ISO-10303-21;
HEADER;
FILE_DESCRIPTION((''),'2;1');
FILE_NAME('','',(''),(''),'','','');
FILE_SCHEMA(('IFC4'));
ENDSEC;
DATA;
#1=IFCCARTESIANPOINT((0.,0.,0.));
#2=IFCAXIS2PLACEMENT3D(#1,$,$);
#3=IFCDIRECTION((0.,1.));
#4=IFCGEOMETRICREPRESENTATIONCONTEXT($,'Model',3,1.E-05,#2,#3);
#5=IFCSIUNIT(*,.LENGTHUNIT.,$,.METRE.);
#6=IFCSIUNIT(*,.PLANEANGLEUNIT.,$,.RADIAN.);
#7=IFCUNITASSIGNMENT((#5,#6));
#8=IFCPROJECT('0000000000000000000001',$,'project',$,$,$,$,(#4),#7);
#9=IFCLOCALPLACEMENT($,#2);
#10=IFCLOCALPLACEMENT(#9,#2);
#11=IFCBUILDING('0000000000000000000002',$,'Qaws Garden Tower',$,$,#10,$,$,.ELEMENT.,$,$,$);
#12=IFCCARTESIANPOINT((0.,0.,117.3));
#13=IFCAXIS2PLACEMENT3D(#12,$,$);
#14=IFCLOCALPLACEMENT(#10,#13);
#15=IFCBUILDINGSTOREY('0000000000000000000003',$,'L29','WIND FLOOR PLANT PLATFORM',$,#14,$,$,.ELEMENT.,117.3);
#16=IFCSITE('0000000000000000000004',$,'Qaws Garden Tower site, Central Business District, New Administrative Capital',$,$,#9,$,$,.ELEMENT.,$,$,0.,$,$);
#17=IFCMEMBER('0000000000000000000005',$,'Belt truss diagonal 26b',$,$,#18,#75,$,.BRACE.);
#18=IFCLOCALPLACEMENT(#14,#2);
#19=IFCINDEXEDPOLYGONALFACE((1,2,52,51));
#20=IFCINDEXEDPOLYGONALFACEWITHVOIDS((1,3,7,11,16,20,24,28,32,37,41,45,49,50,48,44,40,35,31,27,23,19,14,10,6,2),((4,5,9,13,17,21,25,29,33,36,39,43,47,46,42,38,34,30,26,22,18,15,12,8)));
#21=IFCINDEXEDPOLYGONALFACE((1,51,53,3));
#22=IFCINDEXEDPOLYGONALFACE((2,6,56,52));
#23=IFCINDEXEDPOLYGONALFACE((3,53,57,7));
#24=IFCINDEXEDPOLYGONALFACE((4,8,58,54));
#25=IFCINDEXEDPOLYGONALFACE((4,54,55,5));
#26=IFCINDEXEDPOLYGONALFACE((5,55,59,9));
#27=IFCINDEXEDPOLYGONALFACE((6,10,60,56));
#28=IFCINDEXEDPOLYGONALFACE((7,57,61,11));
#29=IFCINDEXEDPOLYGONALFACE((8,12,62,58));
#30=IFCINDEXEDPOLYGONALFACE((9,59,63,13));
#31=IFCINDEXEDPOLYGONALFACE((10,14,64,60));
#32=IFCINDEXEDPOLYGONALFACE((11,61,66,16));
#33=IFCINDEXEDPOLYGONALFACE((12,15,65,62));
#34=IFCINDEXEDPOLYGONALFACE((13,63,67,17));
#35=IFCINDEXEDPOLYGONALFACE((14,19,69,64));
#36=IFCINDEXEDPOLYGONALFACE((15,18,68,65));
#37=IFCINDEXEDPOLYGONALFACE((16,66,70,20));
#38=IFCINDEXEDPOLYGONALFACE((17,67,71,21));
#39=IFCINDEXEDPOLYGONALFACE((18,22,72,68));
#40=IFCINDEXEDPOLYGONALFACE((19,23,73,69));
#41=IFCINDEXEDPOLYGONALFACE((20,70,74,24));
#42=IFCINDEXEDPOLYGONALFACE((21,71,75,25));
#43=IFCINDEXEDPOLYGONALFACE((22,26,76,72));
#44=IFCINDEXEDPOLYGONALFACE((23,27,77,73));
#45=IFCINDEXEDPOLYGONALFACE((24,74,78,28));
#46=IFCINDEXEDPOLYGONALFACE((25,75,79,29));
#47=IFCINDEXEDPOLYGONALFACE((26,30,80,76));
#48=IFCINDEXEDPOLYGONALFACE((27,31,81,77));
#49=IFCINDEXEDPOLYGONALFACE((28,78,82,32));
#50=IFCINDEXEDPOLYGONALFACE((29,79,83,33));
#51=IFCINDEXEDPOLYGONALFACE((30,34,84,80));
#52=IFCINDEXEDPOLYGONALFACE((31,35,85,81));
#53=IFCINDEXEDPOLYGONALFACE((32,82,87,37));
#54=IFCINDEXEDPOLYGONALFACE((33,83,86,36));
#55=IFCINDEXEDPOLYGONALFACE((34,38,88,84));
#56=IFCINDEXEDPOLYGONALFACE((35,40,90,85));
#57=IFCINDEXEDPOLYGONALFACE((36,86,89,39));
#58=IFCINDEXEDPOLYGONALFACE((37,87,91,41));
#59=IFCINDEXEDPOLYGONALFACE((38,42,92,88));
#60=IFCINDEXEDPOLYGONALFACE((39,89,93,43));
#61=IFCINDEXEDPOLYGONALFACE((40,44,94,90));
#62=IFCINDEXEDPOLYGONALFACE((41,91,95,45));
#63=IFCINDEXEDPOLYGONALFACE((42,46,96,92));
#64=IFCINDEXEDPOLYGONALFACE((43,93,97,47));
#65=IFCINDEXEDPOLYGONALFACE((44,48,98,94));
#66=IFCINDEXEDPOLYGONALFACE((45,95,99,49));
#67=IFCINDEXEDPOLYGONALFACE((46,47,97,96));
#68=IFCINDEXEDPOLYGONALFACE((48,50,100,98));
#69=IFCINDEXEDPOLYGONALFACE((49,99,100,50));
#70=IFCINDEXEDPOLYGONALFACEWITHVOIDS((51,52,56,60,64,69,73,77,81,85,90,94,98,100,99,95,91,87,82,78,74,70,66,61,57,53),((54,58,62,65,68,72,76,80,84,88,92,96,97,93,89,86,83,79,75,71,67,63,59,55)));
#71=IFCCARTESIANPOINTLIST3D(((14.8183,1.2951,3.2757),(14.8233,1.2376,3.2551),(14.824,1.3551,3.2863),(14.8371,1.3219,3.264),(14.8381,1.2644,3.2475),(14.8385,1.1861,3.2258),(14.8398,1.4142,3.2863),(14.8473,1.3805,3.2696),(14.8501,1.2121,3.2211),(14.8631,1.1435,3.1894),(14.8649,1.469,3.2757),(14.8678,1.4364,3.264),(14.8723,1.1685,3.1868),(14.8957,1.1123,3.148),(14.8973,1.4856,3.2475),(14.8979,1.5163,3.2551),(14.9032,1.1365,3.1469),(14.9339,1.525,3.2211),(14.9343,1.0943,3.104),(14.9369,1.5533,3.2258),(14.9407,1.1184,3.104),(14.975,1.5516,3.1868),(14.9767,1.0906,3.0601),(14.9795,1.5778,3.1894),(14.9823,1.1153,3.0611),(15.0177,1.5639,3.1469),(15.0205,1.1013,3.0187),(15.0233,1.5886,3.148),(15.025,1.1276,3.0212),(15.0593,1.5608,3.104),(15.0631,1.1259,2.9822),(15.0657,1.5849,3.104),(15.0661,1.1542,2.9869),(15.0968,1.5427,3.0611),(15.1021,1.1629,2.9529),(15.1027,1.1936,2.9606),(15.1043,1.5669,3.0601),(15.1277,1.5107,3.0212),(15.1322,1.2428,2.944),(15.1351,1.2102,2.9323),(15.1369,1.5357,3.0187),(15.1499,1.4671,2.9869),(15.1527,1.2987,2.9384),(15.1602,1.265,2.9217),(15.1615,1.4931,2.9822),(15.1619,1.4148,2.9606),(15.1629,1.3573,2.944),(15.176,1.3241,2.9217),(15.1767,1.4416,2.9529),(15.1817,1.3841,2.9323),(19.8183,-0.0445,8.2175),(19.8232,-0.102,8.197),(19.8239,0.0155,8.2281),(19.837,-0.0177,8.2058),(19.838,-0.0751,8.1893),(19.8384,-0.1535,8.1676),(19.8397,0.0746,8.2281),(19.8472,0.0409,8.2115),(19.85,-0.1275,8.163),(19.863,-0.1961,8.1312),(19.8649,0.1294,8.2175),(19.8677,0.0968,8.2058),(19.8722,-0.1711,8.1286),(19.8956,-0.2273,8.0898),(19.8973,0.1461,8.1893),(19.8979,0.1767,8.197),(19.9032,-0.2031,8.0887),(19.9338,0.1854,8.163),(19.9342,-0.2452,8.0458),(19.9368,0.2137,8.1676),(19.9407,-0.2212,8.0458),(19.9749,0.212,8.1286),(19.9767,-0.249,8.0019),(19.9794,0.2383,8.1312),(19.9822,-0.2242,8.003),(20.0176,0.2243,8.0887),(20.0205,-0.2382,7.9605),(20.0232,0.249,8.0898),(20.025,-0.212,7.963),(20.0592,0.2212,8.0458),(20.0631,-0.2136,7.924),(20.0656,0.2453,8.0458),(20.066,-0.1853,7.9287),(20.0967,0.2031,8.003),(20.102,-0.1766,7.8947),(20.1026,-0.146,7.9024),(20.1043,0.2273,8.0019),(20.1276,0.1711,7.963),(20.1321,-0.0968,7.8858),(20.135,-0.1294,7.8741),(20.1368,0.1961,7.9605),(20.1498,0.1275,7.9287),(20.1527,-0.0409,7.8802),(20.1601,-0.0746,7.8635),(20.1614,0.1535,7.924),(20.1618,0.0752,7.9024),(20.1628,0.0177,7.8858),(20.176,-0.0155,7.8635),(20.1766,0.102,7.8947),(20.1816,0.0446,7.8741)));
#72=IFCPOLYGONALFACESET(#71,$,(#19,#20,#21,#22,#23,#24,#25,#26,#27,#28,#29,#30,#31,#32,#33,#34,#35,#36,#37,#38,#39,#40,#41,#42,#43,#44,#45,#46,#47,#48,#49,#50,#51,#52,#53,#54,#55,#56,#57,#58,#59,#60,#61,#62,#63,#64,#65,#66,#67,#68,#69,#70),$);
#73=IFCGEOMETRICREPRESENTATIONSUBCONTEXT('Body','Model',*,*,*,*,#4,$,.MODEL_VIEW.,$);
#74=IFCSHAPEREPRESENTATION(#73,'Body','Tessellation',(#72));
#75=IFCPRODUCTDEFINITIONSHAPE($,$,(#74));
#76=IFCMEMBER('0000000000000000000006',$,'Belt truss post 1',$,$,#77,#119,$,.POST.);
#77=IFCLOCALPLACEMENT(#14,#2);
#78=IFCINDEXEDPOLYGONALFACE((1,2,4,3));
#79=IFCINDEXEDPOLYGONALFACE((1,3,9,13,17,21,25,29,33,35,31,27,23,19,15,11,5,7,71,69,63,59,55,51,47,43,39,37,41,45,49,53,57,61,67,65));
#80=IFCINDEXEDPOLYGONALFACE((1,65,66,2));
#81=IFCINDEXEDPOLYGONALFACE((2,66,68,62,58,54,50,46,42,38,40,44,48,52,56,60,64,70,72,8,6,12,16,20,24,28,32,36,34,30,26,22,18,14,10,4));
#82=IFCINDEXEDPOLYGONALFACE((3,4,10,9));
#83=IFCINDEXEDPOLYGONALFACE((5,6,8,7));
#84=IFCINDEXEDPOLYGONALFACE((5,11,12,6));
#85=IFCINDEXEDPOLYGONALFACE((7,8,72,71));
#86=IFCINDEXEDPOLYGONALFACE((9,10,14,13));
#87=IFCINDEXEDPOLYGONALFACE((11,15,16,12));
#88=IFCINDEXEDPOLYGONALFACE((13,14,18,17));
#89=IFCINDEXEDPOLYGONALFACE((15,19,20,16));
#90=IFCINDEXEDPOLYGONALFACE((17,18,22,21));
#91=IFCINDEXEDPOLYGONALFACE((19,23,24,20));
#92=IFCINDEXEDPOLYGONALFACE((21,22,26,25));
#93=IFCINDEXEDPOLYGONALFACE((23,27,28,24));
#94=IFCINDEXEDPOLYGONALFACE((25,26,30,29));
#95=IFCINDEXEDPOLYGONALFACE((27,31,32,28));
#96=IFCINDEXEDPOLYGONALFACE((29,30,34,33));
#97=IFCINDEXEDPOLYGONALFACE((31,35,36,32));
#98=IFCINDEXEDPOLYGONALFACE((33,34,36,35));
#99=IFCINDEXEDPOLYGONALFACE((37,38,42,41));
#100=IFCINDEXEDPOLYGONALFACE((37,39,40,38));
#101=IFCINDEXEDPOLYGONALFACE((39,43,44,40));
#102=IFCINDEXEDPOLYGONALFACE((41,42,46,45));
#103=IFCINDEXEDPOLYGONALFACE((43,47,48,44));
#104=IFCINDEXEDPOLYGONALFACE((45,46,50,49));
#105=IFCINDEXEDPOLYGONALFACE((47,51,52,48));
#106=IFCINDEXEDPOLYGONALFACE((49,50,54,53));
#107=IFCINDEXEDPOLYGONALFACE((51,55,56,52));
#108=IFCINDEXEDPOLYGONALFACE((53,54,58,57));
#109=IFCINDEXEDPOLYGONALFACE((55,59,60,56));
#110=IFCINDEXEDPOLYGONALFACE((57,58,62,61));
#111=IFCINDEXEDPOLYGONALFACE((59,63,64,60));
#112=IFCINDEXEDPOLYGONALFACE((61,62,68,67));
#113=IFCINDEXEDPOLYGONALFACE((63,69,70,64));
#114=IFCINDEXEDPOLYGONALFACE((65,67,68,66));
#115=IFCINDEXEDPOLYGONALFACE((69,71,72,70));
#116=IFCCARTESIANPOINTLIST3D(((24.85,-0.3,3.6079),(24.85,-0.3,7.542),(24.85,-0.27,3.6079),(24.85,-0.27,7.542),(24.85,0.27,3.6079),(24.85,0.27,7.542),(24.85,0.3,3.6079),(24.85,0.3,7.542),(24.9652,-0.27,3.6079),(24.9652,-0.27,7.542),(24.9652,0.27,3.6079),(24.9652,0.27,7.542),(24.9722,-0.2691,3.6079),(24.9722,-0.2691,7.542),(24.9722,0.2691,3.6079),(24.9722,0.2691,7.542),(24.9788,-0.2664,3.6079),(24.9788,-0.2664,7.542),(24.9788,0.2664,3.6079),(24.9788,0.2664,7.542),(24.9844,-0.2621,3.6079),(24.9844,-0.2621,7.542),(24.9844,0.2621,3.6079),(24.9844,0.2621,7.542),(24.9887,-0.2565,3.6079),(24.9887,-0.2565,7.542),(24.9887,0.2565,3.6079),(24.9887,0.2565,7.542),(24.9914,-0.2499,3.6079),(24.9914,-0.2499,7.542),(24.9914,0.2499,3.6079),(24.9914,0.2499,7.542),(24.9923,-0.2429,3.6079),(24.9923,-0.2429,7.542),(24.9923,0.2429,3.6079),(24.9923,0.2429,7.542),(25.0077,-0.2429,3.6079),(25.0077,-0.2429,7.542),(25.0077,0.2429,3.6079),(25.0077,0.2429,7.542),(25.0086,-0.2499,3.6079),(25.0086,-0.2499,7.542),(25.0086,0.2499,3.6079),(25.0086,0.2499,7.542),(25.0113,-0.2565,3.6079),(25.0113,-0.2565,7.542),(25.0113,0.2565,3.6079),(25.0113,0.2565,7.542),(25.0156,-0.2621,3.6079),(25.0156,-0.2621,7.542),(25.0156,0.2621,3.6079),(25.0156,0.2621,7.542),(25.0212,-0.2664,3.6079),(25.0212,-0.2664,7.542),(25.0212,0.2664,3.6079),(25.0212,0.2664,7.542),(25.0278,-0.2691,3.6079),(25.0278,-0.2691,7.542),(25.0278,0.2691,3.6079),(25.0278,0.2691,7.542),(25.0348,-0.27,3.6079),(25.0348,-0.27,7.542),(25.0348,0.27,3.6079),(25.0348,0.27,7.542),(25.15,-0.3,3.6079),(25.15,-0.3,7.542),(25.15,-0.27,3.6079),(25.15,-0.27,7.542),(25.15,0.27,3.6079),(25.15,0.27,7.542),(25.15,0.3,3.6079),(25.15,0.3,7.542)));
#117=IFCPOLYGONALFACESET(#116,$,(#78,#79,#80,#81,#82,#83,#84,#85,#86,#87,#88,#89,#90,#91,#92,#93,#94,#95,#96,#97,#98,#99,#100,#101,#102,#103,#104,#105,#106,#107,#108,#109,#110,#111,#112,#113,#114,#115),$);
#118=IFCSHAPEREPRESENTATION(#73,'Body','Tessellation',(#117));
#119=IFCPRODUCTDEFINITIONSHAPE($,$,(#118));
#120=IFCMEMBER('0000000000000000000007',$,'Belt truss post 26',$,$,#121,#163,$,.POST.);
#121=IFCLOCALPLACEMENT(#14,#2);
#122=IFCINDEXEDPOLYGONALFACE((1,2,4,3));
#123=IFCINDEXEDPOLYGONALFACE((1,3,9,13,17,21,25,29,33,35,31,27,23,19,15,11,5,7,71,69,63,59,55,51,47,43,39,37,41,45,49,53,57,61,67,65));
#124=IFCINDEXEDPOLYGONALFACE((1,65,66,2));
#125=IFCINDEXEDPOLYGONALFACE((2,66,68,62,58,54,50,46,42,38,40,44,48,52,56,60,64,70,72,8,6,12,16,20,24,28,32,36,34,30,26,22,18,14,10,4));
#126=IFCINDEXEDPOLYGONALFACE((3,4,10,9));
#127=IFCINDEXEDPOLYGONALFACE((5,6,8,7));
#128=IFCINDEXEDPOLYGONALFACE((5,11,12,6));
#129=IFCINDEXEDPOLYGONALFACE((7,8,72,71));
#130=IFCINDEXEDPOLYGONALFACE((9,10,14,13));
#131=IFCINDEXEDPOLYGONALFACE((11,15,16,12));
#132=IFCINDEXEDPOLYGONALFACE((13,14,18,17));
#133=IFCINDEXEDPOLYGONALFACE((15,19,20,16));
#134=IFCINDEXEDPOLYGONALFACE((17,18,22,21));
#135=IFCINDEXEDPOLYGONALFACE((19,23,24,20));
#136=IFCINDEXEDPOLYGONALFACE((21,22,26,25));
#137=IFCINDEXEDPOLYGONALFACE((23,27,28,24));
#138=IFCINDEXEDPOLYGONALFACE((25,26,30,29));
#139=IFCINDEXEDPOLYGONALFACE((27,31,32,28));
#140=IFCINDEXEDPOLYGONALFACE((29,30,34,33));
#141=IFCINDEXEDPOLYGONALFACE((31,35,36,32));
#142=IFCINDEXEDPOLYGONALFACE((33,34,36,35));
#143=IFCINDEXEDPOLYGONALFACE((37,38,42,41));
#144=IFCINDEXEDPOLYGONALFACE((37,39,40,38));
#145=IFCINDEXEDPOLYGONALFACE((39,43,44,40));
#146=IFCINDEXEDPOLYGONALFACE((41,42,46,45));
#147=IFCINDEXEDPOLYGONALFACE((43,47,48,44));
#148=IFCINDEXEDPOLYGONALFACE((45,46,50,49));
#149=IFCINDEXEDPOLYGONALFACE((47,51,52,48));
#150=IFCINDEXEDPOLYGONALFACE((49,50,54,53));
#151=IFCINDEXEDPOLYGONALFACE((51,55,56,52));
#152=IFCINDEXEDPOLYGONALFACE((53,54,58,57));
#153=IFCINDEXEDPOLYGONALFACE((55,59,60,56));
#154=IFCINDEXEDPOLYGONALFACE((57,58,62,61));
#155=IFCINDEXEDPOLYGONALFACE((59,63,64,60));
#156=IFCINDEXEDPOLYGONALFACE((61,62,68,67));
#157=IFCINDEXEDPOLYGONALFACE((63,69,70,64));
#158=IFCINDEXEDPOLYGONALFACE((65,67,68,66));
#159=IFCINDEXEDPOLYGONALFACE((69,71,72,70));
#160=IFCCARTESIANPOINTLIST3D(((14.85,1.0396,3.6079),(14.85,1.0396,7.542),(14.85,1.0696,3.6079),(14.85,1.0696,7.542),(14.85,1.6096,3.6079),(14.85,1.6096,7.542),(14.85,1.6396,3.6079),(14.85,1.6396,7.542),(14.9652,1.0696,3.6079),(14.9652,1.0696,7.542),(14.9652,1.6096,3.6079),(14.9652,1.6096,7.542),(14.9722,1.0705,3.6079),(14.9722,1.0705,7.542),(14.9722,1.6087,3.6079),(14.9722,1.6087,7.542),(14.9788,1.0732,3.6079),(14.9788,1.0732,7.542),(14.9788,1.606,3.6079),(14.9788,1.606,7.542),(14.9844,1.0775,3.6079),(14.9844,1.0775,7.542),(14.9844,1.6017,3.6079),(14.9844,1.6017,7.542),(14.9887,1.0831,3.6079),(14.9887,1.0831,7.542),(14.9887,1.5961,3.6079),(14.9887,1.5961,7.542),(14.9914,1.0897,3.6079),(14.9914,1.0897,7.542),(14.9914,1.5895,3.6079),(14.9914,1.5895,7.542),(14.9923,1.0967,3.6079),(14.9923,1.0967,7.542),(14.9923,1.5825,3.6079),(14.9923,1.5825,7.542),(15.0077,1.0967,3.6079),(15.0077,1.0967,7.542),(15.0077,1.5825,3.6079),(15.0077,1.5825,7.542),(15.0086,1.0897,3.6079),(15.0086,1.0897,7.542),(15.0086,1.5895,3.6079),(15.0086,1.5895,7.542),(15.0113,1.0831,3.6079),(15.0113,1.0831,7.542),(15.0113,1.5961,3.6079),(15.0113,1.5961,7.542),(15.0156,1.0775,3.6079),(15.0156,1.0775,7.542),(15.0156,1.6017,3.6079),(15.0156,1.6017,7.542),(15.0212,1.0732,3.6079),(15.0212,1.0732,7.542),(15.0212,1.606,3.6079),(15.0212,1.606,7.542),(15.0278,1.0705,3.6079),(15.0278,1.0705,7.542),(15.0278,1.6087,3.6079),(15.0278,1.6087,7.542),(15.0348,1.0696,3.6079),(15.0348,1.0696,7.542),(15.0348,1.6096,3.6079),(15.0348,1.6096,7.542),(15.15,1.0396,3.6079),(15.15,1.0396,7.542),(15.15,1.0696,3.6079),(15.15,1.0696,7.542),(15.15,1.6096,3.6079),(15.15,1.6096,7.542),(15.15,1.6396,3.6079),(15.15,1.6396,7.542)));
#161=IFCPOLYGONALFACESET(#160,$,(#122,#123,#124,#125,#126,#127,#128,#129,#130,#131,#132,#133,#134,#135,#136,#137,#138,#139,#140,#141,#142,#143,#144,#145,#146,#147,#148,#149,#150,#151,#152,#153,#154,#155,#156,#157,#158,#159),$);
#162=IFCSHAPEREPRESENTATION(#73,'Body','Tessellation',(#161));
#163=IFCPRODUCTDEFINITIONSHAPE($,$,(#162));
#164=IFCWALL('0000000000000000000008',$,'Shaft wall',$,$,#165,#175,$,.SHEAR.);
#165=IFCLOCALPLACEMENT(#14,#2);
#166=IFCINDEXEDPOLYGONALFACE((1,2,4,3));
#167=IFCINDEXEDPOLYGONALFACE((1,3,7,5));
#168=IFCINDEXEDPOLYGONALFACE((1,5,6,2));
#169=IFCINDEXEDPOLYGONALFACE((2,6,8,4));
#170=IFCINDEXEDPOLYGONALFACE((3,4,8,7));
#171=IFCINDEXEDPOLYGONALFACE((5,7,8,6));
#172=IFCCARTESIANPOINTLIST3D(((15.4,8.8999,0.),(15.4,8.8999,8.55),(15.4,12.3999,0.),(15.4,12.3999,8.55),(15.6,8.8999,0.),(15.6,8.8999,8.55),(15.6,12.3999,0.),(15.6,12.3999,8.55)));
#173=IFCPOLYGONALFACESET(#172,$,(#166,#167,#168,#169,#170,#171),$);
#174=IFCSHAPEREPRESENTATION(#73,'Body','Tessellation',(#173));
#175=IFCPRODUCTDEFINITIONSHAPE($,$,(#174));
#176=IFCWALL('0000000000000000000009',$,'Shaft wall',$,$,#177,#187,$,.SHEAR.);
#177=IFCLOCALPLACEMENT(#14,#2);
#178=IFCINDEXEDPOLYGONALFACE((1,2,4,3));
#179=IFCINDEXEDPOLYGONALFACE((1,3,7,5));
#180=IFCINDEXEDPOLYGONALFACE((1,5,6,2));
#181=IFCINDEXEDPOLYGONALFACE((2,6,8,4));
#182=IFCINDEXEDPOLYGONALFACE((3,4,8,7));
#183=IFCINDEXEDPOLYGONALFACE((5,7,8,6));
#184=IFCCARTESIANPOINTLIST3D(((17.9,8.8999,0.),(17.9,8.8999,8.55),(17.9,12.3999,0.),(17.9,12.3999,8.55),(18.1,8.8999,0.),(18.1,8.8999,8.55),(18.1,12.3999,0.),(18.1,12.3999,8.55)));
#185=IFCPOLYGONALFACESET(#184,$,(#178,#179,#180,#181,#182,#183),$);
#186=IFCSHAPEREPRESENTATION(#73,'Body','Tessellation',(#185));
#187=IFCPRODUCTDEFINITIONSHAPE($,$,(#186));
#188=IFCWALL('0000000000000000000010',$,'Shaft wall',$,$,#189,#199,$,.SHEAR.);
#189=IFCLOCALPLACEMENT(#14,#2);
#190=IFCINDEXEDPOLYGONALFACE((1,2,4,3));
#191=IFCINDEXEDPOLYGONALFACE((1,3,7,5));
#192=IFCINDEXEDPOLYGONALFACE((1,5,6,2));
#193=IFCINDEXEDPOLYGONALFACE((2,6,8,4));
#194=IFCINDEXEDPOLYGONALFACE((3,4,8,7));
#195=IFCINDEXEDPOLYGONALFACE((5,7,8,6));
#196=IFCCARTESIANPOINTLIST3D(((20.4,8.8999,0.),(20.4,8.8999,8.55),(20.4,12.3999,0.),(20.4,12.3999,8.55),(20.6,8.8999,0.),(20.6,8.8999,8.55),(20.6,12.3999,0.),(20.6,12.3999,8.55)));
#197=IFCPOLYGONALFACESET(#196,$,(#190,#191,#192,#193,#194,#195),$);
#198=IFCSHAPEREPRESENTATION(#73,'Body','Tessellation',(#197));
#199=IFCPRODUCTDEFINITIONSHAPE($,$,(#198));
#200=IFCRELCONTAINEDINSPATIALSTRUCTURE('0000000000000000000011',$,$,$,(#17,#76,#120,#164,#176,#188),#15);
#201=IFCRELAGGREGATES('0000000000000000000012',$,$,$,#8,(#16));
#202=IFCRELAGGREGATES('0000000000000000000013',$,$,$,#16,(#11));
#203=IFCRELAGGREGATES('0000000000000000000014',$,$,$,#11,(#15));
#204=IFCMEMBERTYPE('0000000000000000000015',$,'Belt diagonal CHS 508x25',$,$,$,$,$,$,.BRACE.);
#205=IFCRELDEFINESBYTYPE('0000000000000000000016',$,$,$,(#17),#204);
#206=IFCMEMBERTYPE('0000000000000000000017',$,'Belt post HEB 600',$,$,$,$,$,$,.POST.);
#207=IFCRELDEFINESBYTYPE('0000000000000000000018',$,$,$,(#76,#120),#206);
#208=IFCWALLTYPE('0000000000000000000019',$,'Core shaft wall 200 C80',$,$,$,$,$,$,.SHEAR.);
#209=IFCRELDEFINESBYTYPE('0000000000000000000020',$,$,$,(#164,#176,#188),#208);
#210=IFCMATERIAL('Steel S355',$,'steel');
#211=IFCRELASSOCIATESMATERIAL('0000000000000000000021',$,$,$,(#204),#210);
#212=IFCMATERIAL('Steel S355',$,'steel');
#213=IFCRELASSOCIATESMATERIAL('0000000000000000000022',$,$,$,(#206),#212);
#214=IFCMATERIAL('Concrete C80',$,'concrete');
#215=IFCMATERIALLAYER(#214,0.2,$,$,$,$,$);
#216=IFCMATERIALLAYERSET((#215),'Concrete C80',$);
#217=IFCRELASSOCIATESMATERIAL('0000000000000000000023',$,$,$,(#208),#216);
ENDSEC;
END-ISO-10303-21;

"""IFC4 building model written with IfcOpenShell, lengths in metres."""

from ifc_helpers import new_model, si_unit, direction, frame, frame_2d, origin, origin_2d, place, context, subcontext, project, spatial, rectangle, hollow_circle, i_section, extrude, material, layer, layer_set, material_profile, profile_set, type_object, element, save


model = new_model("IFC4")

# Units and contexts
model_context = context("Model", 3, precision=1e-05, world=origin(), true_north=direction((0.0, 1.0)))
body_context = subcontext(model_context, "Body", "Model", "MODEL_VIEW")
ifc_project = project(units=[si_unit("LENGTHUNIT", "METRE"), si_unit("PLANEANGLEUNIT", "RADIAN")], contexts=[model_context])

# Site, building, storey
site_placement = place(None, origin())
site = spatial("IfcSite", under=ifc_project, at=site_placement, Name="Qaws Garden Tower site, Central Business District, New Administrative Capital", CompositionType="ELEMENT", RefElevation=0.0)
building_placement = place(site_placement, origin())
building = spatial("IfcBuilding", under=site, at=building_placement, Name="Qaws Garden Tower", CompositionType="ELEMENT")
storey_placement = place(building_placement, frame((0.0, 0.0, 117.3)))
storey = spatial("IfcBuildingStorey", under=building, at=storey_placement, Name="L29", Description="WIND FLOOR PLANT PLATFORM", CompositionType="ELEMENT", Elevation=117.3)

# Members
ifc_material_1 = material(Name="Steel S355", Category="steel")
ifc_material_profile_1 = material_profile(ifc_material_1, hollow_circle(Radius=0.2539, WallThickness=0.0249, at=origin_2d()), Name="CHS 508x25")
ifc_profile_set_1 = profile_set([ifc_material_profile_1], Name="Steel S355")
member_type_1 = type_object("IfcMemberType", Name="Belt diagonal CHS 508x25", PredefinedType="BRACE", material=ifc_profile_set_1)
member_1_placement = place(storey_placement, frame((15.0, 1.3396, 3.104), z_axis=(0.698656, -0.187184, 0.690537), x_axis=(0.258793, 0.965933, 0.0)))
element("IfcMember", 1, at=member_1_placement, inside=storey, type_object=member_type_1, Name="Belt truss diagonal 26b", PredefinedType="BRACE", context=body_context, shape_type="SweptSolid", body=[
    extrude(hollow_circle(Radius=0.2539, WallThickness=0.0249, at=origin_2d()), origin(), (0.0, 0.0, 1.0), 7.1565),
])
ifc_material_2 = material(Name="Steel S355", Category="steel")
ifc_material_profile_2 = material_profile(ifc_material_2, i_section(OverallWidth=0.3, OverallDepth=0.6001, WebThickness=0.0154, FlangeThickness=0.03, FilletRadius=0.0271, at=origin_2d()), Name="HEB 600")
ifc_profile_set_2 = profile_set([ifc_material_profile_2], Name="Steel S355")
member_type_2 = type_object("IfcMemberType", Name="Belt post HEB 600", PredefinedType="POST", material=ifc_profile_set_2)
placement_1 = place(storey_placement, frame((25.0, 0.0, 3.6079), z_axis=(0.0, 0.0, 1.0), x_axis=(1.0, 0.0, 0.0)))
element("IfcMember", 2, at=placement_1, inside=storey, type_object=member_type_2, Name="Belt truss post 1", PredefinedType="POST", context=body_context, shape_type="SweptSolid", body=[
    extrude(i_section(OverallWidth=0.3, OverallDepth=0.6001, WebThickness=0.0154, FlangeThickness=0.03, FilletRadius=0.0271, at=origin_2d()), origin(), (0.0, 0.0, 1.0), 3.9341),
])
placement_2 = place(storey_placement, frame((15.0, 1.3396, 3.6079), z_axis=(0.0, 0.0, 1.0), x_axis=(1.0, 0.0, 0.0)))
element("IfcMember", 3, at=placement_2, inside=storey, type_object=member_type_2, Name="Belt truss post 26", PredefinedType="POST", context=body_context, shape_type="SweptSolid", body=[
    extrude(i_section(OverallWidth=0.3, OverallDepth=0.6001, WebThickness=0.0154, FlangeThickness=0.03, FilletRadius=0.0271, at=origin_2d()), origin(), (0.0, 0.0, 1.0), 3.9341),
])

# Walls
ifc_material_3 = material(Name="Concrete C80", Category="concrete")
ifc_layer_1 = layer(ifc_material_3, 0.2)
ifc_layer_set_1 = layer_set([ifc_layer_1], Name="Concrete C80")
wall_type_1 = type_object("IfcWallType", Name="Core shaft wall 200 C80", PredefinedType="SHEAR", material=ifc_layer_set_1)
for number, where, z_axis, x_axis, name in (
    (4, (15.5, 8.8999, 0.0), (0.0, 0.0, 1.0), (0.0, 1.0, 0.0), "Shaft wall"),
    (5, (18.0, 8.8999, 0.0), (0.0, 0.0, 1.0), (0.0, 1.0, 0.0), "Shaft wall"),
    (6, (20.5, 8.8999, 0.0), (0.0, 0.0, 1.0), (0.0, 1.0, 0.0), "Shaft wall"),
):
    element("IfcWall", number, at=place(storey_placement, frame(where, z_axis=z_axis, x_axis=x_axis)), inside=storey, type_object=wall_type_1, Name=name, PredefinedType="SHEAR", context=body_context, shape_type="SweptSolid", body=[
        extrude(rectangle(XDim=3.5, YDim=0.2, at=frame_2d((1.75, 0.0))), origin(), (0.0, 0.0, 1.0), 8.55),
    ])

save(model, "model.ifc")
